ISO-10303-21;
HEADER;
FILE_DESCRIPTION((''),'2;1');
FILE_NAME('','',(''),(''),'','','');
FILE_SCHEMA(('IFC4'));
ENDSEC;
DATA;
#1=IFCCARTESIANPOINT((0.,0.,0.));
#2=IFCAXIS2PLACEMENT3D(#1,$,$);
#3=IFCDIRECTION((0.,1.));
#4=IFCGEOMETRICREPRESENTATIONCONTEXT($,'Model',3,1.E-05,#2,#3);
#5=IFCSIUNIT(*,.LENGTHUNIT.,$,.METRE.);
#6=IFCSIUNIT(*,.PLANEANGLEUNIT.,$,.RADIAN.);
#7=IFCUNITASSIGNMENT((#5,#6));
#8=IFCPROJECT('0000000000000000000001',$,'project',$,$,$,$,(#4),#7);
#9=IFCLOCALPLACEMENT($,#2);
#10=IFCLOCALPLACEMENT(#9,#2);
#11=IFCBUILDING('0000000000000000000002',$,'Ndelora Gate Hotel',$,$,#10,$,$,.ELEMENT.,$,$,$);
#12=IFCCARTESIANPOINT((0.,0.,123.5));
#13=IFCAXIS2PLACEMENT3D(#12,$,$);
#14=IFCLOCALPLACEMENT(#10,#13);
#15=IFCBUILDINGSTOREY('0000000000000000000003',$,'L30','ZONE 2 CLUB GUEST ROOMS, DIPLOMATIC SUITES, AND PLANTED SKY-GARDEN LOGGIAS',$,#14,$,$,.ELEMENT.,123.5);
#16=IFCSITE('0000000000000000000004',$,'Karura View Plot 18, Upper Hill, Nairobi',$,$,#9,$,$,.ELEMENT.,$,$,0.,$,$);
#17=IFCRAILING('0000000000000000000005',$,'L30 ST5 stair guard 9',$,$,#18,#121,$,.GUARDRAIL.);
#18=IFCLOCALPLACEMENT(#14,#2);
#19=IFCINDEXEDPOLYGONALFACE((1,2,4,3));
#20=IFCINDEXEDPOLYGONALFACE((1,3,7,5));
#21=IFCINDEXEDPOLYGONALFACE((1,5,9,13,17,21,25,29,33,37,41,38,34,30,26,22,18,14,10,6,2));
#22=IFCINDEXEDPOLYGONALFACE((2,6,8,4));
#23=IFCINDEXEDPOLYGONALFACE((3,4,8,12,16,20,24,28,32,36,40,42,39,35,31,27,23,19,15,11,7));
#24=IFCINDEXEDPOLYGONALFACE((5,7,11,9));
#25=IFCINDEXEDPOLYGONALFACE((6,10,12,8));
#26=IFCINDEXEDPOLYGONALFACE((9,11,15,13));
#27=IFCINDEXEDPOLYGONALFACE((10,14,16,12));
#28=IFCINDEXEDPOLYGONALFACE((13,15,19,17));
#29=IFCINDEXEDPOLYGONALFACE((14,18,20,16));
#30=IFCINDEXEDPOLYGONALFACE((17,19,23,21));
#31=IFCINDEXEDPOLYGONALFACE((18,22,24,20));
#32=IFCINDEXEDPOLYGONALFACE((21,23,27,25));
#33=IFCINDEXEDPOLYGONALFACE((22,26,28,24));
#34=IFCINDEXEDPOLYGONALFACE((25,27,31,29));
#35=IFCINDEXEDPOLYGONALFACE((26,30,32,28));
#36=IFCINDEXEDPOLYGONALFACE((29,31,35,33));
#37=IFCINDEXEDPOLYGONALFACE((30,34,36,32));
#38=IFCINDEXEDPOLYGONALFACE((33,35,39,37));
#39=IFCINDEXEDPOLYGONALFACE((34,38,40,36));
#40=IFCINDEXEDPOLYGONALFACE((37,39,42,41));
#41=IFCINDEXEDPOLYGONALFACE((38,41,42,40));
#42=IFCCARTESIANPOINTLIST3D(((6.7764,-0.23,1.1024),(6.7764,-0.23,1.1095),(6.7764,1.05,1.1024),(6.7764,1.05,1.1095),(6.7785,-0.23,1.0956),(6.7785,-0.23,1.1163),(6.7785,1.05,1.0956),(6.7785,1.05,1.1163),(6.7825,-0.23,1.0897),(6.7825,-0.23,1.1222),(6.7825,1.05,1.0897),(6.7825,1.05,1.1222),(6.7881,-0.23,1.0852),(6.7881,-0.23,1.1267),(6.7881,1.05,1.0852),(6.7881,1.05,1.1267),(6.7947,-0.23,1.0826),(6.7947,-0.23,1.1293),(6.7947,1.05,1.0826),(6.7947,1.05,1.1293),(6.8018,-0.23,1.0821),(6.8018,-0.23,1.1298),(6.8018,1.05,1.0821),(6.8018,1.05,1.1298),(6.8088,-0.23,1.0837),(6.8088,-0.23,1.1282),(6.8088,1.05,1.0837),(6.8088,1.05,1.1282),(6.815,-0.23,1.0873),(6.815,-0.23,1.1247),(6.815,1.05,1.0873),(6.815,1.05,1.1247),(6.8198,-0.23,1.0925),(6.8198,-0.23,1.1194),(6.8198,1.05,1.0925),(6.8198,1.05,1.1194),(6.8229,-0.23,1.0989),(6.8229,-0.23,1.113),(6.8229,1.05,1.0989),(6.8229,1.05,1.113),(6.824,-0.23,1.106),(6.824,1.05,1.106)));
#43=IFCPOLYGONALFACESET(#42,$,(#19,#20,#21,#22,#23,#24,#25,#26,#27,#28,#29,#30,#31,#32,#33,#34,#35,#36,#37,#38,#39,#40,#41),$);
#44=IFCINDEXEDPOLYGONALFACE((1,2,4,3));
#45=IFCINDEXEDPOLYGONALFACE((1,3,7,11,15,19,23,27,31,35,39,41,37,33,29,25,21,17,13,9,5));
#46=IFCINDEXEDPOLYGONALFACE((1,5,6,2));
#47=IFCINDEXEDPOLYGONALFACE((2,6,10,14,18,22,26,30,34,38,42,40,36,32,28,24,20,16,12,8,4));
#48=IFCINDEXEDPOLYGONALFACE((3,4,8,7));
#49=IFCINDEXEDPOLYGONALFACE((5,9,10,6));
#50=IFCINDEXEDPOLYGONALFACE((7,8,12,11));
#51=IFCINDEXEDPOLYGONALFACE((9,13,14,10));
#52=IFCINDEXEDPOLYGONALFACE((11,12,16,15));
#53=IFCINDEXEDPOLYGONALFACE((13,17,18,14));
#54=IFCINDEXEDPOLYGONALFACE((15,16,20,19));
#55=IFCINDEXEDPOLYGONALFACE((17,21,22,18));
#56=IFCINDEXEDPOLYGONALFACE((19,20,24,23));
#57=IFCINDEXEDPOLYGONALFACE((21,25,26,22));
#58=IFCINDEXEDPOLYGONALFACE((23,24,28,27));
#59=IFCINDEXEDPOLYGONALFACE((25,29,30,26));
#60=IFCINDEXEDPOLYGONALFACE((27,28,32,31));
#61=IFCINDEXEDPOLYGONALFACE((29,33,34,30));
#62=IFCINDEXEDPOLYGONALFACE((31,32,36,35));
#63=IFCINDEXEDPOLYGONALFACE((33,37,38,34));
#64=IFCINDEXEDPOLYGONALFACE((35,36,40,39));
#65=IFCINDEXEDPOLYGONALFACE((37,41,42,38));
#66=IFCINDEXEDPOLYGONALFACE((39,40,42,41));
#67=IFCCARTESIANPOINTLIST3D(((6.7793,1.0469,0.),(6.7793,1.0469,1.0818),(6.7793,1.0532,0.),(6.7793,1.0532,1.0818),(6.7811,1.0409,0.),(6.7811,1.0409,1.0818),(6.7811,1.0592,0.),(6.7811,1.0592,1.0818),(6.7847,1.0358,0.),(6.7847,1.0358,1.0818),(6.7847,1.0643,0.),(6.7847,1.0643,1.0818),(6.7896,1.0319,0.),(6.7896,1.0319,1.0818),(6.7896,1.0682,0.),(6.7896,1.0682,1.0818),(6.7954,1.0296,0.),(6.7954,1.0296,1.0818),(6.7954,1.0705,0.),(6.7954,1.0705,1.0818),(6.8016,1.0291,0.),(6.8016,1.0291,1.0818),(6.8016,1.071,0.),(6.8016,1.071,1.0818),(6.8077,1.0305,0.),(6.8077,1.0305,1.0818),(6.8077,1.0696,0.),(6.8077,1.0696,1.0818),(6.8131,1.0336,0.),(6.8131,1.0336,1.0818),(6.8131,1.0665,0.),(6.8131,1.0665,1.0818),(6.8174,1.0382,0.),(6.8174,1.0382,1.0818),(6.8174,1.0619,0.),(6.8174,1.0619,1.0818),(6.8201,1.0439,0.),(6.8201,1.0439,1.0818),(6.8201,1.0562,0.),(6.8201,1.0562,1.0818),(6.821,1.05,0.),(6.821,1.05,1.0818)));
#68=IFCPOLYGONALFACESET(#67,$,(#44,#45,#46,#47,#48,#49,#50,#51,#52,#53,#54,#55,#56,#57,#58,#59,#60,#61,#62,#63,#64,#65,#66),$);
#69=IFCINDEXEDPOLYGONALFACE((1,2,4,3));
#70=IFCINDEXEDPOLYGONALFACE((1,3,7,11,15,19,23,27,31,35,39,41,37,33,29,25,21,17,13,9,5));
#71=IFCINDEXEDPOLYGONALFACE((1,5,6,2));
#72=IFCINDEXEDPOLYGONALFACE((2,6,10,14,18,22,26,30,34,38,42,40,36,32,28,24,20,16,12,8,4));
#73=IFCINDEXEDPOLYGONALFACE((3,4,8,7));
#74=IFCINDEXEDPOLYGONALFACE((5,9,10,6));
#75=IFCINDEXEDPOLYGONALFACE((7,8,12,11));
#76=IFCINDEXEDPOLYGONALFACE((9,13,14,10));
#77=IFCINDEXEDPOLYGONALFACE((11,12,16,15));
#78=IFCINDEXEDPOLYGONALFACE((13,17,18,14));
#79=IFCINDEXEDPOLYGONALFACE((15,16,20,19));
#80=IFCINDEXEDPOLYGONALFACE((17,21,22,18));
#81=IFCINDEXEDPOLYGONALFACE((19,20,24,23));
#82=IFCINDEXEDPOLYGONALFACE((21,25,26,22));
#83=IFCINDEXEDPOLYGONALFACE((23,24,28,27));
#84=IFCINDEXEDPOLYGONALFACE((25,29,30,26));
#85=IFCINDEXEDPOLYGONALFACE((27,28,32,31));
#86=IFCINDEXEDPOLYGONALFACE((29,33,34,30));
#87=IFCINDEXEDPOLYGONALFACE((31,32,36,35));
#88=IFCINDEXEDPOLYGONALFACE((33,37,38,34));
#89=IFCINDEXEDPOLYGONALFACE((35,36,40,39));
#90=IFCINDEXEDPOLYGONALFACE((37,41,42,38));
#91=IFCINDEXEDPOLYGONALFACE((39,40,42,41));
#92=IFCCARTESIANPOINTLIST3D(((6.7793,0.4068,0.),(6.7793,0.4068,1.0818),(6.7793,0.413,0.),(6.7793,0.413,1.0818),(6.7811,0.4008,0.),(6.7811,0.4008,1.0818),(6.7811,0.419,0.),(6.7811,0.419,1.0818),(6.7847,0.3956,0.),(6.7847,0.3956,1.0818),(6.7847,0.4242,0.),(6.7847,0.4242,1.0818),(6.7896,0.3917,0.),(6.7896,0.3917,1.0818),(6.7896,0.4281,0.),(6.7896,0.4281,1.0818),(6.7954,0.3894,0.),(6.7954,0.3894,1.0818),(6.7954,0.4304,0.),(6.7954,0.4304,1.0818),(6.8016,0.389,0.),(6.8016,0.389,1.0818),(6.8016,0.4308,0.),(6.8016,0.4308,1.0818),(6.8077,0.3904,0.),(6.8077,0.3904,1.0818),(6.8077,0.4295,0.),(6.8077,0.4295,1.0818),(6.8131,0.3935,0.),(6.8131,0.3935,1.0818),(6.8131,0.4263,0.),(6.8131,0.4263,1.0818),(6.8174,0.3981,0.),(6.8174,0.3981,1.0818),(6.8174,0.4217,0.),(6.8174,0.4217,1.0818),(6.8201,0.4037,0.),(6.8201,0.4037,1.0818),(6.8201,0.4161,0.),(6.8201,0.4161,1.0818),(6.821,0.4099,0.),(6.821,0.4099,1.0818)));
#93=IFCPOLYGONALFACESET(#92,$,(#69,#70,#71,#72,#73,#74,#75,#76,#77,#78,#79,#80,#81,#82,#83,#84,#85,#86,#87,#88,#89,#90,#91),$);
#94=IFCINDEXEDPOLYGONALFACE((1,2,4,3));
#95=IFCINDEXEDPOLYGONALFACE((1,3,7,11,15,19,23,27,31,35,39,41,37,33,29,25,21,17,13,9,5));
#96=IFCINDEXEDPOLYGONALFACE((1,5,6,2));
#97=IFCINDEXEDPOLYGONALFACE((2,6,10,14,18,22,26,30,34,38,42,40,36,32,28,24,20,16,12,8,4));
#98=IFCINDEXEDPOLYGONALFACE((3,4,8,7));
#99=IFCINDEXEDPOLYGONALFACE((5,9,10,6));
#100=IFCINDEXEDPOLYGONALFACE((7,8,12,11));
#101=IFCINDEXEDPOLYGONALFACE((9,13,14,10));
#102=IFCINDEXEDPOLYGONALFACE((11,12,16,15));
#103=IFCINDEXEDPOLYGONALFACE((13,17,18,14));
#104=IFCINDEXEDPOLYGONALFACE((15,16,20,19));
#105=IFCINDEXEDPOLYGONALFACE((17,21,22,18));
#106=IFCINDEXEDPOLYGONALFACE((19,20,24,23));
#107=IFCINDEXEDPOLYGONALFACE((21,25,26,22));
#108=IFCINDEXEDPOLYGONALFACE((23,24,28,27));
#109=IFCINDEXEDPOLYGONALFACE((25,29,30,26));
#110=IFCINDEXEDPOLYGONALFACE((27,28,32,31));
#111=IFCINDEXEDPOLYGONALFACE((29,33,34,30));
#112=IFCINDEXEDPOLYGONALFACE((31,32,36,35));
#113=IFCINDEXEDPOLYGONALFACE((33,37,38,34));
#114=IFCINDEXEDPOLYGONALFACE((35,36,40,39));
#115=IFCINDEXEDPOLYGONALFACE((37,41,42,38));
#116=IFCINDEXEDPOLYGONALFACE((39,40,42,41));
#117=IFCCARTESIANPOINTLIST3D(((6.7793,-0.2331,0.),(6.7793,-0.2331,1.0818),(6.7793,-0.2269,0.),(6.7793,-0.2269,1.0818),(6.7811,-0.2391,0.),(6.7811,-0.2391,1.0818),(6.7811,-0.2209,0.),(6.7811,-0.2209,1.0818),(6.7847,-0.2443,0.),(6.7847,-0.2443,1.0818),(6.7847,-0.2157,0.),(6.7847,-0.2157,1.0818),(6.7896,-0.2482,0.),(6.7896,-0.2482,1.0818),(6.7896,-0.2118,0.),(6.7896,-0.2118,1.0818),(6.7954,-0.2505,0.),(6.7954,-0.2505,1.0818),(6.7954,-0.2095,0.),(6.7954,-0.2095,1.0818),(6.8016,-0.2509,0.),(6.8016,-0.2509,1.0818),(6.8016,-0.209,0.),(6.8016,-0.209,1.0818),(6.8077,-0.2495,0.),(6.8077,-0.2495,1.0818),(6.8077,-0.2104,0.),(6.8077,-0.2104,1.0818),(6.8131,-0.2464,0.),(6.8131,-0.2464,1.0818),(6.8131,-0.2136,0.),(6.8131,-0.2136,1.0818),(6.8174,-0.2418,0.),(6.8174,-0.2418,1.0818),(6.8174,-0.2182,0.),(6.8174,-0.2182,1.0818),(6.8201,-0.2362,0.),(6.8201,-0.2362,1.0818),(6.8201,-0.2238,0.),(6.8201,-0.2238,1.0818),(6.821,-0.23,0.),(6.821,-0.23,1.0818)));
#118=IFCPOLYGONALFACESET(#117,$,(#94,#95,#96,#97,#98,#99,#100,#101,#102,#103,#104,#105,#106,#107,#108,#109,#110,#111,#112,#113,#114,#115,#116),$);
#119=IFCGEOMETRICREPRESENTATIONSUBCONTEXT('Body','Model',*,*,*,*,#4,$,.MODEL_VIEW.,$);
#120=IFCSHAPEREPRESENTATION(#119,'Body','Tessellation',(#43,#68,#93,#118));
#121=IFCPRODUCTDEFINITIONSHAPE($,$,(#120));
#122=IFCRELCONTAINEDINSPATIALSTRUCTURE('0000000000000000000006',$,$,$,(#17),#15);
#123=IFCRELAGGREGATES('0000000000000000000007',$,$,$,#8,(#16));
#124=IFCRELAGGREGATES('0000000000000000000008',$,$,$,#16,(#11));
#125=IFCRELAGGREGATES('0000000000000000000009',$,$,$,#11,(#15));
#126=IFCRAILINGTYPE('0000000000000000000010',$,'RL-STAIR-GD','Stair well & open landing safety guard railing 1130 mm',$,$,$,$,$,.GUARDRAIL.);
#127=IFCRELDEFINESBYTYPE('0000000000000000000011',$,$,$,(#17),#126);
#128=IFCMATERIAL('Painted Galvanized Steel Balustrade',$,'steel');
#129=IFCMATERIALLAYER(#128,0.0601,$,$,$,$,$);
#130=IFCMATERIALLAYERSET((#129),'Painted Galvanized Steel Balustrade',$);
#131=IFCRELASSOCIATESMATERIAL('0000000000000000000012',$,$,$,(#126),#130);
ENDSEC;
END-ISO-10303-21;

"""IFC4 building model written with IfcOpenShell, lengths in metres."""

from ifc_helpers import new_model, si_unit, direction, frame, origin, origin_2d, place, context, subcontext, project, spatial, circle, extrude, material, layer, layer_set, type_object, element, save


model = new_model("IFC4")

# Units and contexts
model_context = context("Model", 3, precision=1e-05, world=origin(), true_north=direction((0.0, 1.0)))
body_context = subcontext(model_context, "Body", "Model", "MODEL_VIEW")
ifc_project = project(units=[si_unit("LENGTHUNIT", "METRE"), si_unit("PLANEANGLEUNIT", "RADIAN")], contexts=[model_context])

# Site, building, storey
site_placement = place(None, origin())
site = spatial("IfcSite", under=ifc_project, at=site_placement, Name="Karura View Plot 18, Upper Hill, Nairobi", CompositionType="ELEMENT", RefElevation=0.0)
building_placement = place(site_placement, origin())
building = spatial("IfcBuilding", under=site, at=building_placement, Name="Ndelora Gate Hotel", CompositionType="ELEMENT")
storey_placement = place(building_placement, frame((0.0, 0.0, 123.5)))
storey = spatial("IfcBuildingStorey", under=building, at=storey_placement, Name="L30", Description="ZONE 2 CLUB GUEST ROOMS, DIPLOMATIC SUITES, AND PLANTED SKY-GARDEN LOGGIAS", CompositionType="ELEMENT", Elevation=123.5)

# Railing
ifc_material_1 = material(Name="Painted Galvanized Steel Balustrade", Category="steel")
ifc_layer_1 = layer(ifc_material_1, 0.0601)
ifc_layer_set_1 = layer_set([ifc_layer_1], Name="Painted Galvanized Steel Balustrade")
railing_type = type_object("IfcRailingType", Name="RL-STAIR-GD", Description="Stair well & open landing safety guard railing 1130 mm", PredefinedType="GUARDRAIL", material=ifc_layer_set_1)
for number, where, name in (
    (1, (6.8, 1.05, 0.0), "L30 ST5 stair guard 9"),
):
    element("IfcRailing", number, at=place(storey_placement, frame(where)), inside=storey, type_object=railing_type, Name=name, PredefinedType="GUARDRAIL", context=body_context, shape_type="SweptSolid", body=[
        extrude(circle(Radius=0.0239, at=origin_2d()), frame((0.0, 0.0, 1.106), z_axis=(0.0, -1.0, 0.0), x_axis=(1.0, 0.0, 0.0)), (0.0, 0.0, 1.0), 1.28),
        extrude(circle(Radius=0.021, at=origin_2d()), origin(), (0.0, 0.0, 1.0), 1.0818),
        extrude(circle(Radius=0.021, at=origin_2d()), frame((0.0, -0.6401, 0.0)), (0.0, 0.0, 1.0), 1.0818),
        extrude(circle(Radius=0.021, at=origin_2d()), frame((0.0, -1.28, 0.0)), (0.0, 0.0, 1.0), 1.0818),
    ])

save(model, "model.ifc")
